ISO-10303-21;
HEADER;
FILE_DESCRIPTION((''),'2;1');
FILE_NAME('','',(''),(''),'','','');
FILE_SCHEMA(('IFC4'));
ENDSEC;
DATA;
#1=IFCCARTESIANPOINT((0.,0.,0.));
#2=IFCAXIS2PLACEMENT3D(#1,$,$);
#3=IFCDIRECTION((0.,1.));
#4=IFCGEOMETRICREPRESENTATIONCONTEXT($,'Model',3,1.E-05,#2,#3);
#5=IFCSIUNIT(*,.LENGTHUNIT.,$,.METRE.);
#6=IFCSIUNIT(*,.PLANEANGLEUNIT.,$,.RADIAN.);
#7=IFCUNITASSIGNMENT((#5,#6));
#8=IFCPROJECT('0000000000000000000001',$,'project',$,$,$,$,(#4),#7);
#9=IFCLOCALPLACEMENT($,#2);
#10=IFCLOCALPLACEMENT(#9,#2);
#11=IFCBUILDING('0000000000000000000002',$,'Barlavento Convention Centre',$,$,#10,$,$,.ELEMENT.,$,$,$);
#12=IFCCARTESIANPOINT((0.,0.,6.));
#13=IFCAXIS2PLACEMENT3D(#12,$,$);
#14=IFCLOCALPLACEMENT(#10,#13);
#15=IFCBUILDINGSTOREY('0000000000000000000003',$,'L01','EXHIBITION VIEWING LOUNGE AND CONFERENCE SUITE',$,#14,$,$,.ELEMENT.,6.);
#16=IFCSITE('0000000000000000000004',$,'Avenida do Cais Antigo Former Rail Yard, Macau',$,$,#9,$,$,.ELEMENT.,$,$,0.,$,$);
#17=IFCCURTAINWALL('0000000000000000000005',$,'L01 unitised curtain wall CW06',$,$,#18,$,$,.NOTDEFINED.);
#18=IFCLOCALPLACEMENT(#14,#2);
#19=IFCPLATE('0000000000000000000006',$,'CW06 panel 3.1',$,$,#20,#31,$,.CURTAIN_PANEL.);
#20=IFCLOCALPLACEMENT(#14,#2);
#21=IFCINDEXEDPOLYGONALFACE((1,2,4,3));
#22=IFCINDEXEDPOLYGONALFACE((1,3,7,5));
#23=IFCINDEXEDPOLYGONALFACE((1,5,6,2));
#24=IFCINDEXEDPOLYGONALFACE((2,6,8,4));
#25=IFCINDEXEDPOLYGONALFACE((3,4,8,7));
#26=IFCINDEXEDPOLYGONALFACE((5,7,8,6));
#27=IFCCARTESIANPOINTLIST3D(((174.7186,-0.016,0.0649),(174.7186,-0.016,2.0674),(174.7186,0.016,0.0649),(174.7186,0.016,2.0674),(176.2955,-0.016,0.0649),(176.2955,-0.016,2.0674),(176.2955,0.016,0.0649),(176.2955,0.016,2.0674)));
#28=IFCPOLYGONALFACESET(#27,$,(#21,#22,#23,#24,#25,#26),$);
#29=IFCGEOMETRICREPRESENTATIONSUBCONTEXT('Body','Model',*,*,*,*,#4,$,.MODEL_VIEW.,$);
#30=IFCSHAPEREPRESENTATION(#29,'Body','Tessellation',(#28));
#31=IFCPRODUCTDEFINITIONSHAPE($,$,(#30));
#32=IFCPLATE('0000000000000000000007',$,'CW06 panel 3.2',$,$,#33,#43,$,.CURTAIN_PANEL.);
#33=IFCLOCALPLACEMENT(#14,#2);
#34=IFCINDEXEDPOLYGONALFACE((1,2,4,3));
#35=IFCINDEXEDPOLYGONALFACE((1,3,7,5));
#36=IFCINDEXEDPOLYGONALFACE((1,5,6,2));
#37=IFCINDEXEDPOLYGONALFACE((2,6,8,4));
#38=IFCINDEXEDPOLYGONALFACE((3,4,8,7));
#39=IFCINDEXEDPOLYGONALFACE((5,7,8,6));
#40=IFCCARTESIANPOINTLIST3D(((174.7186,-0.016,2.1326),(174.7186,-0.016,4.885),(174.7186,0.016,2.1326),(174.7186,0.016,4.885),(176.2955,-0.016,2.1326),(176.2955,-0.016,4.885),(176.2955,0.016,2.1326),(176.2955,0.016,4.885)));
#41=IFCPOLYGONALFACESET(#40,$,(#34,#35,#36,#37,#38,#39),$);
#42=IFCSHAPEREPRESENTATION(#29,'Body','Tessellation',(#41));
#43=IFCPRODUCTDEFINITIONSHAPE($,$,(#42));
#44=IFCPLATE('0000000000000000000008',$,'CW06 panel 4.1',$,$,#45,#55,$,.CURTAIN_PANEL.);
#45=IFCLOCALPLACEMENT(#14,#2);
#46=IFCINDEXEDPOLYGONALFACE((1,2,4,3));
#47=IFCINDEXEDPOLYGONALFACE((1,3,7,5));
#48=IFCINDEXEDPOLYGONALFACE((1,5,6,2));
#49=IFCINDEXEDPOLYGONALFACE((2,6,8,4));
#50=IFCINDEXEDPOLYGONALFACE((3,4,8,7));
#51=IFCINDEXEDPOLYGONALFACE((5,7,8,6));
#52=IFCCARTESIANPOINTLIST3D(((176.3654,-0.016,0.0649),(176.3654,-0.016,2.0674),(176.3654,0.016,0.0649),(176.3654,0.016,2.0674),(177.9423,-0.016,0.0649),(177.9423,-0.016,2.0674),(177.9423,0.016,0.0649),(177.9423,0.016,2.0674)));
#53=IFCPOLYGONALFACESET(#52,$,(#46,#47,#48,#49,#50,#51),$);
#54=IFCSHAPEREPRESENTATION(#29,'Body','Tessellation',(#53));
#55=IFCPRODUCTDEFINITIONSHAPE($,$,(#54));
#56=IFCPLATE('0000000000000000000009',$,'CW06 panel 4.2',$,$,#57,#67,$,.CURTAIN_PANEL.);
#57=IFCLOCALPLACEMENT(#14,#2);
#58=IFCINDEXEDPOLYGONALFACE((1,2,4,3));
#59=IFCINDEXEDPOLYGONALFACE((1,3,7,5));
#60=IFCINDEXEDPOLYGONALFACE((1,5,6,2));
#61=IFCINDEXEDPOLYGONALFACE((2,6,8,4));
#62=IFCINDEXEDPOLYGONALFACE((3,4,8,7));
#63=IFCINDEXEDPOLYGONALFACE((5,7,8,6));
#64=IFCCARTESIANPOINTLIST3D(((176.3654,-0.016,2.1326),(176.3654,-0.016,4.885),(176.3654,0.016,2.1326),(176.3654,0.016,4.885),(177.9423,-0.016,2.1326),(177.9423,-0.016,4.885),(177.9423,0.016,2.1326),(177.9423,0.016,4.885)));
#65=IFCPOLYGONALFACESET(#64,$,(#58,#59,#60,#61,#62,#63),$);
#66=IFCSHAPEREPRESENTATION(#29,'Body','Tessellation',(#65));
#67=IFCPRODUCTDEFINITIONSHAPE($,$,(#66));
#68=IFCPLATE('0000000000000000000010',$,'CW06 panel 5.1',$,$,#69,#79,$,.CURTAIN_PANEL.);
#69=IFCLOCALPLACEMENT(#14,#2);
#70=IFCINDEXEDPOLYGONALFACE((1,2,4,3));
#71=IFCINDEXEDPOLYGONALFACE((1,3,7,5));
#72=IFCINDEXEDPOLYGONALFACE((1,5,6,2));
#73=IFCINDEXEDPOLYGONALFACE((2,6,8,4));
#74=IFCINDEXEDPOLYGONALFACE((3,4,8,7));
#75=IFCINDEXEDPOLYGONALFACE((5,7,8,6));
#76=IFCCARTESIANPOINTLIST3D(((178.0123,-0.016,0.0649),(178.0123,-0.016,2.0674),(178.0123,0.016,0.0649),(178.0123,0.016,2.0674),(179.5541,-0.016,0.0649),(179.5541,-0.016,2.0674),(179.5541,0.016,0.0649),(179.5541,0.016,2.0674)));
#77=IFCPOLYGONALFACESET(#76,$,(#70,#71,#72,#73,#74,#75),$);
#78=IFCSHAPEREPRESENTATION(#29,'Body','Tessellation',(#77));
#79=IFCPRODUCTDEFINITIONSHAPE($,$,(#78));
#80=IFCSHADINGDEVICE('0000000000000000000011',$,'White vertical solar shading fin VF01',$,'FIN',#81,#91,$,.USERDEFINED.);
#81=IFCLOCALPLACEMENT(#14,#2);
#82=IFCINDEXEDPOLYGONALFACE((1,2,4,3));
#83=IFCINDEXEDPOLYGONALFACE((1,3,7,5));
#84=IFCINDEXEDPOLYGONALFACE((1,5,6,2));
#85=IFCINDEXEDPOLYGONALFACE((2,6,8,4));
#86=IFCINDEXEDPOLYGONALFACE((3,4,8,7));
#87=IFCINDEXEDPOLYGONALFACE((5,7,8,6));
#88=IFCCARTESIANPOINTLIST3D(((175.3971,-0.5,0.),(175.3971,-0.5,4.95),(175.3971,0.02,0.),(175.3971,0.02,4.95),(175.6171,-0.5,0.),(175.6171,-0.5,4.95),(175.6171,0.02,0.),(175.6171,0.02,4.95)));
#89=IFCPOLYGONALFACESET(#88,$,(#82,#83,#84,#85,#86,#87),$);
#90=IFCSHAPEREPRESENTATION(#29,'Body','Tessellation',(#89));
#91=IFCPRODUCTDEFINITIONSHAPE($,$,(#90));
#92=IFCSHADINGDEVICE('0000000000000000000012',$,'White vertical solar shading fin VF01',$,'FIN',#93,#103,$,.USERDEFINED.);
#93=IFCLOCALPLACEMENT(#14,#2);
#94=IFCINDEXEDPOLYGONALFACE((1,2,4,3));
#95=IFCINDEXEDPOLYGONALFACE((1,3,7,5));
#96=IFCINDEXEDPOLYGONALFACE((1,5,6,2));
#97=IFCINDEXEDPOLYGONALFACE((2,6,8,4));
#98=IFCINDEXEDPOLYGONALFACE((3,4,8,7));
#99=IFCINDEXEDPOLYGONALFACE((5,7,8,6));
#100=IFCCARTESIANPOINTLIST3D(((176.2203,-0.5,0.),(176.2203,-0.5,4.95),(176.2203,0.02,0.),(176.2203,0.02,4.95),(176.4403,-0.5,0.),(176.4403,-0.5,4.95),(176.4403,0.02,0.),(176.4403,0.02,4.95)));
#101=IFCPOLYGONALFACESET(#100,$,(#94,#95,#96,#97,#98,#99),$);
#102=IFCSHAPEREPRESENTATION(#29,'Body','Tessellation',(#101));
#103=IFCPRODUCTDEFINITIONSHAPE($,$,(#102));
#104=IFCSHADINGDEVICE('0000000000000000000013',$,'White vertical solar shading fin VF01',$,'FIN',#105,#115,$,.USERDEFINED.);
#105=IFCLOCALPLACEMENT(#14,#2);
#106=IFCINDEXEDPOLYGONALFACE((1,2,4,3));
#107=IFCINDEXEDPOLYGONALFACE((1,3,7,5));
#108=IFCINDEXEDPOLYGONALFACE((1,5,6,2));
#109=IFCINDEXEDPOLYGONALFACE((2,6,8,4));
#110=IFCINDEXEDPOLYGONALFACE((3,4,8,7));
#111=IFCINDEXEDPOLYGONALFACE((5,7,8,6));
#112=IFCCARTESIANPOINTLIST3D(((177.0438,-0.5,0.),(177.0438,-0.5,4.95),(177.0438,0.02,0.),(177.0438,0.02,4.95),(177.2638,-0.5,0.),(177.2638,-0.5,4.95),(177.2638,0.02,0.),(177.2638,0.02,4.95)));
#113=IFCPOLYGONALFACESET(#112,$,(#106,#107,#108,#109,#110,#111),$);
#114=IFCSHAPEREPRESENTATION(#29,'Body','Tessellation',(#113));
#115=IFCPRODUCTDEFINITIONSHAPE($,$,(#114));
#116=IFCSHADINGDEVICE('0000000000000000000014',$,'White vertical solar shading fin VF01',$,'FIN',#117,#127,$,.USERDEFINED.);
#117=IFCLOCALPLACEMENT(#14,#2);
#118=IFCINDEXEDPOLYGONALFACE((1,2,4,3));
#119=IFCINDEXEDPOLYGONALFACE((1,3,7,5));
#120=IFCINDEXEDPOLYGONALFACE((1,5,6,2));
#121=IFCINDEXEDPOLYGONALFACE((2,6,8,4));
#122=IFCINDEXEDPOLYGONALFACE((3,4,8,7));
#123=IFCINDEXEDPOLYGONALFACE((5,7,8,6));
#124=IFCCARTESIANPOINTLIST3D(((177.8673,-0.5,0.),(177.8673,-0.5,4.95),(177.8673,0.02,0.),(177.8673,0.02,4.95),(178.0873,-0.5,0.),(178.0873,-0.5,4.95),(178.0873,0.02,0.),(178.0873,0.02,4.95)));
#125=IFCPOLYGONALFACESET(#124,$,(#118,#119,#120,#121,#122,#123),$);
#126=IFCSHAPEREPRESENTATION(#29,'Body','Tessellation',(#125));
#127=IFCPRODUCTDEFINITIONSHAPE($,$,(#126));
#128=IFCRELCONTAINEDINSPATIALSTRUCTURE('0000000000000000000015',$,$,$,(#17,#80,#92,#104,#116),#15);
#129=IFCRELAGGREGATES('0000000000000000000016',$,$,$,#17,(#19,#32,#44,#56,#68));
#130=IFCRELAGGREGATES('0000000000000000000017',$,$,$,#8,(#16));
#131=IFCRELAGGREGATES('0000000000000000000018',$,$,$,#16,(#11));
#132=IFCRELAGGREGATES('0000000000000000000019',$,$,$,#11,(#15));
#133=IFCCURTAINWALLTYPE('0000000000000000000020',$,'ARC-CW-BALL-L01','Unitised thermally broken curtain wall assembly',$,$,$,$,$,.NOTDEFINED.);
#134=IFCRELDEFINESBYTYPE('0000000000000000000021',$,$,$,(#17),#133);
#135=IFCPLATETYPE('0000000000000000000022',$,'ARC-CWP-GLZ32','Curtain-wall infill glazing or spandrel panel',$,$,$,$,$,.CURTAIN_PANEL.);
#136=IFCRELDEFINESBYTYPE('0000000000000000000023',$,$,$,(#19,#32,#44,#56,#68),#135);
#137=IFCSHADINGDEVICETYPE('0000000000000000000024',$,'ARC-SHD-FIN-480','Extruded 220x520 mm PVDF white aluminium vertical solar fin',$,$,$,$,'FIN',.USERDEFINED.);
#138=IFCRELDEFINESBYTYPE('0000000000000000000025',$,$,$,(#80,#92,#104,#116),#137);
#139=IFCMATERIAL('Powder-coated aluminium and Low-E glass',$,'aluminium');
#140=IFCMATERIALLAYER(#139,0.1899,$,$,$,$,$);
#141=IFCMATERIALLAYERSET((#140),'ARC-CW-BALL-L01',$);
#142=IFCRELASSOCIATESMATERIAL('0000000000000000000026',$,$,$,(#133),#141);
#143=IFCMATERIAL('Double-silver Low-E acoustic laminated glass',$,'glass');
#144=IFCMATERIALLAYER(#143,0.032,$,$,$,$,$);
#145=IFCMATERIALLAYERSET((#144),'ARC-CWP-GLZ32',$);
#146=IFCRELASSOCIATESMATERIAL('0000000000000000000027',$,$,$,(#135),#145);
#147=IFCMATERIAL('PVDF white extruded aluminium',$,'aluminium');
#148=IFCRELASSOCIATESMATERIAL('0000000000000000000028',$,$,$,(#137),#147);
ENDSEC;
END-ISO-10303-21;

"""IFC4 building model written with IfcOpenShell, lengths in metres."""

from ifc_helpers import new_model, si_unit, direction, frame, origin, origin_2d, place, context, subcontext, project, spatial, rectangle, extrude, material, layer, layer_set, type_object, element, aggregate, save


model = new_model("IFC4")

# Units and contexts
model_context = context("Model", 3, precision=1e-05, world=origin(), true_north=direction((0.0, 1.0)))
body_context = subcontext(model_context, "Body", "Model", "MODEL_VIEW")
ifc_project = project(units=[si_unit("LENGTHUNIT", "METRE"), si_unit("PLANEANGLEUNIT", "RADIAN")], contexts=[model_context])

# Site, building, storey
site_placement = place(None, origin())
site = spatial("IfcSite", under=ifc_project, at=site_placement, Name="Avenida do Cais Antigo Former Rail Yard, Macau", CompositionType="ELEMENT", RefElevation=0.0)
building_placement = place(site_placement, origin())
building = spatial("IfcBuilding", under=site, at=building_placement, Name="Barlavento Convention Centre", CompositionType="ELEMENT")
storey_placement = place(building_placement, frame((0.0, 0.0, 6.0)))
storey = spatial("IfcBuildingStorey", under=building, at=storey_placement, Name="L01", Description="EXHIBITION VIEWING LOUNGE AND CONFERENCE SUITE", CompositionType="ELEMENT", Elevation=6.0)

# Curtain wall, plates
ifc_material_1 = material(Name="Powder-coated aluminium and Low-E glass", Category="aluminium")
ifc_layer_1 = layer(ifc_material_1, 0.1899)
ifc_layer_set_1 = layer_set([ifc_layer_1], Name="ARC-CW-BALL-L01")
curtain_wall_type = type_object("IfcCurtainWallType", Name="ARC-CW-BALL-L01", Description="Unitised thermally broken curtain wall assembly", PredefinedType="NOTDEFINED", material=ifc_layer_set_1)
curtain_wall_placement = place(storey_placement, origin())
curtain_wall = element("IfcCurtainWall", 1, at=curtain_wall_placement, inside=storey, type_object=curtain_wall_type, Name="L01 unitised curtain wall CW06", PredefinedType="NOTDEFINED")
ifc_material_2 = material(Name="Double-silver Low-E acoustic laminated glass", Category="glass")
ifc_layer_2 = layer(ifc_material_2, 0.032)
ifc_layer_set_2 = layer_set([ifc_layer_2], Name="ARC-CWP-GLZ32")
plate_type = type_object("IfcPlateType", Name="ARC-CWP-GLZ32", Description="Curtain-wall infill glazing or spandrel panel", PredefinedType="CURTAIN_PANEL", material=ifc_layer_set_2)
plate_1_placement = place(storey_placement, frame((175.5071, 0.0, 0.0649), z_axis=(0.0, 0.0, 1.0), x_axis=(1.0, 0.0, 0.0)))
plate_1 = element("IfcPlate", 2, at=plate_1_placement, type_object=plate_type, Name="CW06 panel 3.1", PredefinedType="CURTAIN_PANEL", context=body_context, shape_type="SweptSolid", body=[
    extrude(rectangle(XDim=1.5769, YDim=0.032, at=origin_2d()), origin(), (0.0, 0.0, 1.0), 2.0024),
])
plate_2_placement = place(storey_placement, frame((175.5071, 0.0, 2.1326), z_axis=(0.0, 0.0, 1.0), x_axis=(1.0, 0.0, 0.0)))
plate_2 = element("IfcPlate", 3, at=plate_2_placement, type_object=plate_type, Name="CW06 panel 3.2", PredefinedType="CURTAIN_PANEL", context=body_context, shape_type="SweptSolid", body=[
    extrude(rectangle(XDim=1.5769, YDim=0.032, at=origin_2d()), origin(), (0.0, 0.0, 1.0), 2.7524),
])
plate_3_placement = place(storey_placement, frame((177.1538, 0.0, 0.0649), z_axis=(0.0, 0.0, 1.0), x_axis=(1.0, 0.0, 0.0)))
plate_3 = element("IfcPlate", 4, at=plate_3_placement, type_object=plate_type, Name="CW06 panel 4.1", PredefinedType="CURTAIN_PANEL", context=body_context, shape_type="SweptSolid", body=[
    extrude(rectangle(XDim=1.5769, YDim=0.032, at=origin_2d()), origin(), (0.0, 0.0, 1.0), 2.0024),
])
plate_4_placement = place(storey_placement, frame((177.1538, 0.0, 2.1326), z_axis=(0.0, 0.0, 1.0), x_axis=(1.0, 0.0, 0.0)))
plate_4 = element("IfcPlate", 5, at=plate_4_placement, type_object=plate_type, Name="CW06 panel 4.2", PredefinedType="CURTAIN_PANEL", context=body_context, shape_type="SweptSolid", body=[
    extrude(rectangle(XDim=1.5769, YDim=0.032, at=origin_2d()), origin(), (0.0, 0.0, 1.0), 2.7524),
])
plate_5_placement = place(storey_placement, frame((178.7832, 0.0, 0.0649), z_axis=(0.0, 0.0, 1.0), x_axis=(1.0, 0.0, 0.0)))
plate_5 = element("IfcPlate", 6, at=plate_5_placement, type_object=plate_type, Name="CW06 panel 5.1", PredefinedType="CURTAIN_PANEL", context=body_context, shape_type="SweptSolid", body=[
    extrude(rectangle(XDim=1.5417, YDim=0.032, at=origin_2d()), origin(), (0.0, 0.0, 1.0), 2.0024),
])
aggregate(curtain_wall, [plate_1, plate_2, plate_3, plate_4, plate_5])

# Shading devices
ifc_material_3 = material(Name="PVDF white extruded aluminium", Category="aluminium")
shading_device_type = type_object("IfcShadingDeviceType", Name="ARC-SHD-FIN-480", Description="Extruded 220x520 mm PVDF white aluminium vertical solar fin", ElementType="FIN", PredefinedType="USERDEFINED", material=ifc_material_3)
for number, where, z_axis, x_axis, name in (
    (7, (175.5071, -0.24, 0.0), (0.0, 0.0, 1.0), (1.0, 0.0, 0.0), "White vertical solar shading fin VF01"),
    (8, (176.3303, -0.24, 0.0), (0.0, 0.0, 1.0), (1.0, 0.0, 0.0), "White vertical solar shading fin VF01"),
    (9, (177.1538, -0.24, 0.0), (0.0, 0.0, 1.0), (1.0, 0.0, 0.0), "White vertical solar shading fin VF01"),
    (10, (177.9773, -0.24, 0.0), (0.0, 0.0, 1.0), (1.0, 0.0, 0.0), "White vertical solar shading fin VF01"),
):
    element("IfcShadingDevice", number, at=place(storey_placement, frame(where, z_axis=z_axis, x_axis=x_axis)), inside=storey, type_object=shading_device_type, Name=name, ObjectType="FIN", PredefinedType="USERDEFINED", context=body_context, shape_type="SweptSolid", body=[
        extrude(rectangle(XDim=0.22, YDim=0.52, at=origin_2d()), origin(), (0.0, 0.0, 1.0), 4.95),
    ])

save(model, "model.ifc")
